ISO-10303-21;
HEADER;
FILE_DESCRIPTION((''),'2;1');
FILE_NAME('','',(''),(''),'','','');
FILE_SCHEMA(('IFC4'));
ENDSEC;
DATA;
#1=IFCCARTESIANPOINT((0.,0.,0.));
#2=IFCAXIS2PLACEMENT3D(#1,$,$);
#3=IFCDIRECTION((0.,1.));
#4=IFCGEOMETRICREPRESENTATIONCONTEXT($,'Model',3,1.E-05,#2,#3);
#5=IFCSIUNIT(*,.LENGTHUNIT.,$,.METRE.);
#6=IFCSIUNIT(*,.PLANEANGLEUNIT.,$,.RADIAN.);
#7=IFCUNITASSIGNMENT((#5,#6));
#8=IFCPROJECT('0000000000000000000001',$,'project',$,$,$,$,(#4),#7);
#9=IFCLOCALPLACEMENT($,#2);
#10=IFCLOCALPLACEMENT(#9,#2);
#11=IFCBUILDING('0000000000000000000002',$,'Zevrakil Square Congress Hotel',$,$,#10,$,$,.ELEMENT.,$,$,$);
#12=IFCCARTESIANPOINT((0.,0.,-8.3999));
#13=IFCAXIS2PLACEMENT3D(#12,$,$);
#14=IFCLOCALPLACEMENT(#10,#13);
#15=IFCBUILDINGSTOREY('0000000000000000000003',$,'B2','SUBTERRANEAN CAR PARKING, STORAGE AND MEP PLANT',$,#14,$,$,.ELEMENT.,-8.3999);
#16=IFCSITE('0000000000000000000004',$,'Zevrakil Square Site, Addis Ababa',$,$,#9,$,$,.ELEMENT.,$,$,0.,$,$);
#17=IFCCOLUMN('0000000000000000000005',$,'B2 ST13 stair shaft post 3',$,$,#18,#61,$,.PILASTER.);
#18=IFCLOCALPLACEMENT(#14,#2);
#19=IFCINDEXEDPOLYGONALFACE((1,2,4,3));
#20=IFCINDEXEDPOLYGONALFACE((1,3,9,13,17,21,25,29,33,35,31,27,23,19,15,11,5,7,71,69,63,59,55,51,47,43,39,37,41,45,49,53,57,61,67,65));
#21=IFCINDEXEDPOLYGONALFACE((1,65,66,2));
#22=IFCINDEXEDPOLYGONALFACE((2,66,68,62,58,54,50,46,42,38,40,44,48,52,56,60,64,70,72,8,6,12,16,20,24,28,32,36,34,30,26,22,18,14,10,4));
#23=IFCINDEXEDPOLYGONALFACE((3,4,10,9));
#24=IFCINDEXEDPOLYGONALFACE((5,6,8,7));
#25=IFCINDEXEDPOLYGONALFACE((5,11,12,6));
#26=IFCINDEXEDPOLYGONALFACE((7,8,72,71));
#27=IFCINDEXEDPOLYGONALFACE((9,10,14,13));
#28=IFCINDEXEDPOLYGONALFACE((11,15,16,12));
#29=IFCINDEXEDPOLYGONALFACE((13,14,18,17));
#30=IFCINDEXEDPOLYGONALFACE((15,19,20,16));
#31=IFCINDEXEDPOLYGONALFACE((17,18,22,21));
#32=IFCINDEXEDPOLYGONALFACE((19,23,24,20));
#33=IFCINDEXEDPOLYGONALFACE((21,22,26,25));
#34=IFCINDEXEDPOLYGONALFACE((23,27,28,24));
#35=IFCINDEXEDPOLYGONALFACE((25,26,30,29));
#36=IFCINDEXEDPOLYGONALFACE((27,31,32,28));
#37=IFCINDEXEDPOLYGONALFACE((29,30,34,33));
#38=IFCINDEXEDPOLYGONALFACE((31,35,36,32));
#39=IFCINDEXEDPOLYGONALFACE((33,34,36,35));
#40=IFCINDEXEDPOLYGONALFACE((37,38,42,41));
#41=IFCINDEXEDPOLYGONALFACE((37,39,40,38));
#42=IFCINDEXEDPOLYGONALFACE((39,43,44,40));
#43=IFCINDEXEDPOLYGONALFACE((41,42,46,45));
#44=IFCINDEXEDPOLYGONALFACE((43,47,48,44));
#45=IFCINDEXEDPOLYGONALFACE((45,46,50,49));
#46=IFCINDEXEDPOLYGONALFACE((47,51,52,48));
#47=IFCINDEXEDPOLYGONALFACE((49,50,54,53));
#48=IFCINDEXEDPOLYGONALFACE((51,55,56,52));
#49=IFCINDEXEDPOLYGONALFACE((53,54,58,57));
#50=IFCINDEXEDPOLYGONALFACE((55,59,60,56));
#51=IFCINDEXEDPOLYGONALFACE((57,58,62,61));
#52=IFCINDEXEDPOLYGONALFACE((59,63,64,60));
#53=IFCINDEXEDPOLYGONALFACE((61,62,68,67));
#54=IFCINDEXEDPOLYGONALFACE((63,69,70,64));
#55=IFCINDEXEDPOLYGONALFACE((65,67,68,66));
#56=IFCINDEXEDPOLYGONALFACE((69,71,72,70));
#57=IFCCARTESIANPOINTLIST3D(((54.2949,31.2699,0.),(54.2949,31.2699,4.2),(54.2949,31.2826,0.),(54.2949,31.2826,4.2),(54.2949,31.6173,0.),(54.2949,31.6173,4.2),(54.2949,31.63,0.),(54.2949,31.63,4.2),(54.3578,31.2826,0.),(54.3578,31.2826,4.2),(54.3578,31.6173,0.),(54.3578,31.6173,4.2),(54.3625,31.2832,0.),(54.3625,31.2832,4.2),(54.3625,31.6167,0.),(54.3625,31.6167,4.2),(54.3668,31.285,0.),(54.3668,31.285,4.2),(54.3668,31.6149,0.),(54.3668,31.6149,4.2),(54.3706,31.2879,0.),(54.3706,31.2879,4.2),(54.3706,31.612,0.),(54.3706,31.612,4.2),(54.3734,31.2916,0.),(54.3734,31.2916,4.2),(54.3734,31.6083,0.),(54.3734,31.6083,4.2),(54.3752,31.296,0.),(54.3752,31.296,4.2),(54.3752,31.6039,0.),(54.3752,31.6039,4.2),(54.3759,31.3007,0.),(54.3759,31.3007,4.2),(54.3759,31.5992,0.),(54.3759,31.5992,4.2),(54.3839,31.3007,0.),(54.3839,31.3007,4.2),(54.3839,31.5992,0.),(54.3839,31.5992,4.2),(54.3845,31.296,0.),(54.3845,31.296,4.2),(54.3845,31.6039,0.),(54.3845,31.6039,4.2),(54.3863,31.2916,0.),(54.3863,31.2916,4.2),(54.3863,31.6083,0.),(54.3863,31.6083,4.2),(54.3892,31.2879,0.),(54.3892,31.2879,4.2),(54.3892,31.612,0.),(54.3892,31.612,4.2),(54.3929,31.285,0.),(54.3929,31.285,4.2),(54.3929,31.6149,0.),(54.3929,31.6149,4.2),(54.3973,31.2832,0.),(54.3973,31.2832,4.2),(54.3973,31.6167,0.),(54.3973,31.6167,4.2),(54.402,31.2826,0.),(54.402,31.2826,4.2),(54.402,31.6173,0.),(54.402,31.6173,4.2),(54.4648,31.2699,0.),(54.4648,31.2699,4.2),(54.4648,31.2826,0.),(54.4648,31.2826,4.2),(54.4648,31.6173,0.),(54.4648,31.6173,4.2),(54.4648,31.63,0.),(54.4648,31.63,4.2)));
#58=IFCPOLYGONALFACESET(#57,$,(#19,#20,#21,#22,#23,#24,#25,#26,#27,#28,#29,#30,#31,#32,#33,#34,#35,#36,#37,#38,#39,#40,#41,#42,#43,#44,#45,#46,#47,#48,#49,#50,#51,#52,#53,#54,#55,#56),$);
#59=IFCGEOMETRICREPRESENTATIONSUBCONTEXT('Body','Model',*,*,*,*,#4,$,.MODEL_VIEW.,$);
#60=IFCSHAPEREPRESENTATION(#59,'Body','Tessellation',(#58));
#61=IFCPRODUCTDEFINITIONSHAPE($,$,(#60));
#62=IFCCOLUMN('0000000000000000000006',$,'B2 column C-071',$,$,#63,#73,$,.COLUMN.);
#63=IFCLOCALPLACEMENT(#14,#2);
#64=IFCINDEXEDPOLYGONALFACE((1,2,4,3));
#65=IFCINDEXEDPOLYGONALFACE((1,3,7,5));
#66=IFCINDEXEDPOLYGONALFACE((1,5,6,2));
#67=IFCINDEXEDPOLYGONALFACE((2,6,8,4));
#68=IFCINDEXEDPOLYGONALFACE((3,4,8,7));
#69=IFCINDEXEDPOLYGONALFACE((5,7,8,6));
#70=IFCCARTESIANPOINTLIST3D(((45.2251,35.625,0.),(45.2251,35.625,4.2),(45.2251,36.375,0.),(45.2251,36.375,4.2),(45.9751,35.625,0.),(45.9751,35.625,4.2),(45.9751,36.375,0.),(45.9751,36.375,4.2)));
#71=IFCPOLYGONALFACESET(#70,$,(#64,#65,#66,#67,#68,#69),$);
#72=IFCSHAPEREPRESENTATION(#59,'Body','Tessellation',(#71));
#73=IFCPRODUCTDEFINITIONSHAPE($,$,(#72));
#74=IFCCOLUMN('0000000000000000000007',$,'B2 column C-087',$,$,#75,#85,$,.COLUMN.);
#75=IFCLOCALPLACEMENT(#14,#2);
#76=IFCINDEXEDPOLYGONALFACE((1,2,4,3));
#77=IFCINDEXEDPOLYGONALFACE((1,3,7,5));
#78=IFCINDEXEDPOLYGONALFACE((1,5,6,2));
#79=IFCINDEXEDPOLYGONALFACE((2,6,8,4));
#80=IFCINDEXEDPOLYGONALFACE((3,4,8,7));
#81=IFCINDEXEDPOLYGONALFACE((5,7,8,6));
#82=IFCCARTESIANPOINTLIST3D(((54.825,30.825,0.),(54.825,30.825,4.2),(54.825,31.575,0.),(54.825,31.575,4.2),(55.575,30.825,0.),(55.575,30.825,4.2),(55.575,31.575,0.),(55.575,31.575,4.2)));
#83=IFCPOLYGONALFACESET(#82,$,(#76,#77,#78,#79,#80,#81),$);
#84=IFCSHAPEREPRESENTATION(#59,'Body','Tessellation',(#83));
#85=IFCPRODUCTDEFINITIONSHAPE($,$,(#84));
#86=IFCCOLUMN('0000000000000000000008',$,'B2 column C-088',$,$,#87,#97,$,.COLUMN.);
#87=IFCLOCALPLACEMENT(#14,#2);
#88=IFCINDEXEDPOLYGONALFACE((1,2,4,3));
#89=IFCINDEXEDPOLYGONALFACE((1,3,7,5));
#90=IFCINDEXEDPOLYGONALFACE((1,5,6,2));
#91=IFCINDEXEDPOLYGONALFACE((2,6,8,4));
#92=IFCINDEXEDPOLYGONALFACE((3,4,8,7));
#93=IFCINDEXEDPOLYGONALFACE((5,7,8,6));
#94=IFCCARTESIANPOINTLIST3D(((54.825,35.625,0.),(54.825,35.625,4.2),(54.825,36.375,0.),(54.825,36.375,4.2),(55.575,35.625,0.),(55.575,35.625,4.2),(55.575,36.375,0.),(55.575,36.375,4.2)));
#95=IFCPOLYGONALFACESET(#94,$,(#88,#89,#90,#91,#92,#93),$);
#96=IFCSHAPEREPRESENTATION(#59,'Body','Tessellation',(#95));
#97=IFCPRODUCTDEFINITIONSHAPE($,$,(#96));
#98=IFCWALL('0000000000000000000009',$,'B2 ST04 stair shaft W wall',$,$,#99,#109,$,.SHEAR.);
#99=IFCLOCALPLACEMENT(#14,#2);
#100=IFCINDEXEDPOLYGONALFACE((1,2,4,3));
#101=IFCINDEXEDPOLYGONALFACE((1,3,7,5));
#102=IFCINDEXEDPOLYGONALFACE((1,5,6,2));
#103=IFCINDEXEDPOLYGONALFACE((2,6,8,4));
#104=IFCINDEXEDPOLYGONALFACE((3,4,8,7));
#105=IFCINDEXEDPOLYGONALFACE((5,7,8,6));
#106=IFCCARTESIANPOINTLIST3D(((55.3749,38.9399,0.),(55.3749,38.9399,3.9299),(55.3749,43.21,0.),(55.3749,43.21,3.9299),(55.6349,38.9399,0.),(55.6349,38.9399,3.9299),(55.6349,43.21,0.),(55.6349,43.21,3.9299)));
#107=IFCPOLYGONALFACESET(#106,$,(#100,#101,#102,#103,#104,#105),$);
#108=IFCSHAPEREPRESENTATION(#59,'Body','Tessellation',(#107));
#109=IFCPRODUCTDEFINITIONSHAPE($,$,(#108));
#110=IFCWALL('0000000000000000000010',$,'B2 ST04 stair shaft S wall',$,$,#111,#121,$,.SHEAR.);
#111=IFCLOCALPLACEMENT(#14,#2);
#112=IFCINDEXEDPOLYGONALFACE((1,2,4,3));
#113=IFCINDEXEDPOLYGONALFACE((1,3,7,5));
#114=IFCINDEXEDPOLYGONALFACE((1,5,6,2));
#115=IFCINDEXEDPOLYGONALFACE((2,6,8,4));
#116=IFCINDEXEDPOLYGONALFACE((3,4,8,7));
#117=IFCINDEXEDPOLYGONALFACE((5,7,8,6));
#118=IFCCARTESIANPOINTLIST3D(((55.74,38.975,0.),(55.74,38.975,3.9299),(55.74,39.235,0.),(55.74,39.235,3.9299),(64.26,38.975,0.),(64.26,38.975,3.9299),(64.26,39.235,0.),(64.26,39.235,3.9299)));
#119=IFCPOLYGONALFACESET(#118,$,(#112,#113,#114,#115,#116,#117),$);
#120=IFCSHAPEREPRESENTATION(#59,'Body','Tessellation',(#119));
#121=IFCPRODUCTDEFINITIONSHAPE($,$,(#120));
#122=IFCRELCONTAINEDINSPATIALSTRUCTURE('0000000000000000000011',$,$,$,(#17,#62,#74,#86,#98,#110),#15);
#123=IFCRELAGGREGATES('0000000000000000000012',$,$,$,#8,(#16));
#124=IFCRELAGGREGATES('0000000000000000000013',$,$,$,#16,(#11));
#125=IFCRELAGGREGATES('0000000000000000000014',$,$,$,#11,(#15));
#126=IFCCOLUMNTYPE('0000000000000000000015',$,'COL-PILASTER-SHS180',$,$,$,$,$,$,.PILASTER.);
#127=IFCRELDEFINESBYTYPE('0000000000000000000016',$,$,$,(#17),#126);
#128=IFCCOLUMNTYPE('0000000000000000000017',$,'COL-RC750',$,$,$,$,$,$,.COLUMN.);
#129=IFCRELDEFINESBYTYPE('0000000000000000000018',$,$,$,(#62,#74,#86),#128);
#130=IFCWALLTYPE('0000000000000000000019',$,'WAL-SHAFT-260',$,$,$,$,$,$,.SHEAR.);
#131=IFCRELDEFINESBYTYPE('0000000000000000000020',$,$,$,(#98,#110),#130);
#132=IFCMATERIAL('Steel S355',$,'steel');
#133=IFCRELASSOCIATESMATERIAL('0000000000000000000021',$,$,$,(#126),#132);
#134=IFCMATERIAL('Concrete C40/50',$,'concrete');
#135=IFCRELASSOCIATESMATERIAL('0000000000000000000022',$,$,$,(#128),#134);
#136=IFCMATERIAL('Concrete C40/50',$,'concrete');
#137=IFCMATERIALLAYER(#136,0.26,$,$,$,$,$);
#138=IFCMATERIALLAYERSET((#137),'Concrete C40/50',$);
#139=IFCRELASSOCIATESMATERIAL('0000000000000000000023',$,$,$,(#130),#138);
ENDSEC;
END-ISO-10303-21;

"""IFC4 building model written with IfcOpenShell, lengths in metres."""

from ifc_helpers import new_model, si_unit, direction, frame, frame_2d, origin, origin_2d, place, context, subcontext, project, spatial, rectangle, i_section, extrude, material, layer, layer_set, material_profile, profile_set, type_object, element, save


model = new_model("IFC4")

# Units and contexts
model_context = context("Model", 3, precision=1e-05, world=origin(), true_north=direction((0.0, 1.0)))
body_context = subcontext(model_context, "Body", "Model", "MODEL_VIEW")
ifc_project = project(units=[si_unit("LENGTHUNIT", "METRE"), si_unit("PLANEANGLEUNIT", "RADIAN")], contexts=[model_context])

# Site, building, storey
site_placement = place(None, origin())
site = spatial("IfcSite", under=ifc_project, at=site_placement, Name="Zevrakil Square Site, Addis Ababa", CompositionType="ELEMENT", RefElevation=0.0)
building_placement = place(site_placement, origin())
building = spatial("IfcBuilding", under=site, at=building_placement, Name="Zevrakil Square Congress Hotel", CompositionType="ELEMENT")
storey_placement = place(building_placement, frame((0.0, 0.0, -8.3999)))
storey = spatial("IfcBuildingStorey", under=building, at=storey_placement, Name="B2", Description="SUBTERRANEAN CAR PARKING, STORAGE AND MEP PLANT", CompositionType="ELEMENT", Elevation=-8.3999)

# Columns
ifc_material_1 = material(Name="Steel S355", Category="steel")
ifc_material_profile_1 = material_profile(ifc_material_1, i_section(OverallWidth=0.1699, OverallDepth=0.3601, WebThickness=0.0081, FlangeThickness=0.0127, FilletRadius=0.0181, at=origin_2d()), Name="IPE 360")
ifc_profile_set_1 = profile_set([ifc_material_profile_1], Name="Steel S355")
column_type_1 = type_object("IfcColumnType", Name="COL-PILASTER-SHS180", PredefinedType="PILASTER", material=ifc_profile_set_1)
for number, where, z_axis, x_axis, name in (
    (1, (54.3799, 31.45, 0.0), (0.0, 0.0, 1.0), (1.0, 0.0, 0.0), "B2 ST13 stair shaft post 3"),
):
    element("IfcColumn", number, at=place(storey_placement, frame(where, z_axis=z_axis, x_axis=x_axis)), inside=storey, type_object=column_type_1, Name=name, PredefinedType="PILASTER", context=body_context, shape_type="SweptSolid", body=[
        extrude(i_section(OverallWidth=0.1699, OverallDepth=0.3601, WebThickness=0.0081, FlangeThickness=0.0127, FilletRadius=0.0181, at=origin_2d()), origin(), (0.0, 0.0, 1.0), 4.2),
    ])
ifc_material_2 = material(Name="Concrete C40/50", Category="concrete")
ifc_material_profile_2 = material_profile(ifc_material_2, rectangle(XDim=0.75, YDim=0.75, at=origin_2d()), Name="RC 750x750")
ifc_profile_set_2 = profile_set([ifc_material_profile_2], Name="Concrete C40/50")
column_type_2 = type_object("IfcColumnType", Name="COL-RC750", PredefinedType="COLUMN", material=ifc_profile_set_2)
for number, where, z_axis, x_axis, name in (
    (2, (45.6001, 36.0, 0.0), (0.0, 0.0, 1.0), (1.0, 0.0, 0.0), "B2 column C-071"),
    (3, (55.2, 31.2, 0.0), (0.0, 0.0, 1.0), (1.0, 0.0, 0.0), "B2 column C-087"),
    (4, (55.2, 36.0, 0.0), (0.0, 0.0, 1.0), (1.0, 0.0, 0.0), "B2 column C-088"),
):
    element("IfcColumn", number, at=place(storey_placement, frame(where, z_axis=z_axis, x_axis=x_axis)), inside=storey, type_object=column_type_2, Name=name, PredefinedType="COLUMN", context=body_context, shape_type="SweptSolid", body=[
        extrude(rectangle(XDim=0.75, YDim=0.75, at=origin_2d()), origin(), (0.0, 0.0, 1.0), 4.2),
    ])

# Walls
ifc_material_3 = material(Name="Concrete C40/50", Category="concrete")
ifc_layer = layer(ifc_material_3, 0.26)
ifc_layer_set = layer_set([ifc_layer], Name="Concrete C40/50")
wall_type = type_object("IfcWallType", Name="WAL-SHAFT-260", PredefinedType="SHEAR", material=ifc_layer_set)
wall_1_placement = place(storey_placement, frame((55.5049, 38.9399, 0.0), z_axis=(0.0, 0.0, 1.0), x_axis=(0.0, 1.0, 0.0)))
element("IfcWall", 5, at=wall_1_placement, inside=storey, type_object=wall_type, Name="B2 ST04 stair shaft W wall", PredefinedType="SHEAR", context=body_context, shape_type="SweptSolid", body=[
    extrude(rectangle(XDim=4.27, YDim=0.26, at=frame_2d((2.135, 0.0))), origin(), (0.0, 0.0, 1.0), 3.9299),
])
wall_2_placement = place(storey_placement, frame((55.74, 39.105, 0.0), z_axis=(0.0, 0.0, 1.0), x_axis=(1.0, 0.0, 0.0)))
element("IfcWall", 6, at=wall_2_placement, inside=storey, type_object=wall_type, Name="B2 ST04 stair shaft S wall", PredefinedType="SHEAR", context=body_context, shape_type="SweptSolid", body=[
    extrude(rectangle(XDim=8.52, YDim=0.26, at=frame_2d((4.26, 0.0))), origin(), (0.0, 0.0, 1.0), 3.9299),
])

save(model, "model.ifc")
